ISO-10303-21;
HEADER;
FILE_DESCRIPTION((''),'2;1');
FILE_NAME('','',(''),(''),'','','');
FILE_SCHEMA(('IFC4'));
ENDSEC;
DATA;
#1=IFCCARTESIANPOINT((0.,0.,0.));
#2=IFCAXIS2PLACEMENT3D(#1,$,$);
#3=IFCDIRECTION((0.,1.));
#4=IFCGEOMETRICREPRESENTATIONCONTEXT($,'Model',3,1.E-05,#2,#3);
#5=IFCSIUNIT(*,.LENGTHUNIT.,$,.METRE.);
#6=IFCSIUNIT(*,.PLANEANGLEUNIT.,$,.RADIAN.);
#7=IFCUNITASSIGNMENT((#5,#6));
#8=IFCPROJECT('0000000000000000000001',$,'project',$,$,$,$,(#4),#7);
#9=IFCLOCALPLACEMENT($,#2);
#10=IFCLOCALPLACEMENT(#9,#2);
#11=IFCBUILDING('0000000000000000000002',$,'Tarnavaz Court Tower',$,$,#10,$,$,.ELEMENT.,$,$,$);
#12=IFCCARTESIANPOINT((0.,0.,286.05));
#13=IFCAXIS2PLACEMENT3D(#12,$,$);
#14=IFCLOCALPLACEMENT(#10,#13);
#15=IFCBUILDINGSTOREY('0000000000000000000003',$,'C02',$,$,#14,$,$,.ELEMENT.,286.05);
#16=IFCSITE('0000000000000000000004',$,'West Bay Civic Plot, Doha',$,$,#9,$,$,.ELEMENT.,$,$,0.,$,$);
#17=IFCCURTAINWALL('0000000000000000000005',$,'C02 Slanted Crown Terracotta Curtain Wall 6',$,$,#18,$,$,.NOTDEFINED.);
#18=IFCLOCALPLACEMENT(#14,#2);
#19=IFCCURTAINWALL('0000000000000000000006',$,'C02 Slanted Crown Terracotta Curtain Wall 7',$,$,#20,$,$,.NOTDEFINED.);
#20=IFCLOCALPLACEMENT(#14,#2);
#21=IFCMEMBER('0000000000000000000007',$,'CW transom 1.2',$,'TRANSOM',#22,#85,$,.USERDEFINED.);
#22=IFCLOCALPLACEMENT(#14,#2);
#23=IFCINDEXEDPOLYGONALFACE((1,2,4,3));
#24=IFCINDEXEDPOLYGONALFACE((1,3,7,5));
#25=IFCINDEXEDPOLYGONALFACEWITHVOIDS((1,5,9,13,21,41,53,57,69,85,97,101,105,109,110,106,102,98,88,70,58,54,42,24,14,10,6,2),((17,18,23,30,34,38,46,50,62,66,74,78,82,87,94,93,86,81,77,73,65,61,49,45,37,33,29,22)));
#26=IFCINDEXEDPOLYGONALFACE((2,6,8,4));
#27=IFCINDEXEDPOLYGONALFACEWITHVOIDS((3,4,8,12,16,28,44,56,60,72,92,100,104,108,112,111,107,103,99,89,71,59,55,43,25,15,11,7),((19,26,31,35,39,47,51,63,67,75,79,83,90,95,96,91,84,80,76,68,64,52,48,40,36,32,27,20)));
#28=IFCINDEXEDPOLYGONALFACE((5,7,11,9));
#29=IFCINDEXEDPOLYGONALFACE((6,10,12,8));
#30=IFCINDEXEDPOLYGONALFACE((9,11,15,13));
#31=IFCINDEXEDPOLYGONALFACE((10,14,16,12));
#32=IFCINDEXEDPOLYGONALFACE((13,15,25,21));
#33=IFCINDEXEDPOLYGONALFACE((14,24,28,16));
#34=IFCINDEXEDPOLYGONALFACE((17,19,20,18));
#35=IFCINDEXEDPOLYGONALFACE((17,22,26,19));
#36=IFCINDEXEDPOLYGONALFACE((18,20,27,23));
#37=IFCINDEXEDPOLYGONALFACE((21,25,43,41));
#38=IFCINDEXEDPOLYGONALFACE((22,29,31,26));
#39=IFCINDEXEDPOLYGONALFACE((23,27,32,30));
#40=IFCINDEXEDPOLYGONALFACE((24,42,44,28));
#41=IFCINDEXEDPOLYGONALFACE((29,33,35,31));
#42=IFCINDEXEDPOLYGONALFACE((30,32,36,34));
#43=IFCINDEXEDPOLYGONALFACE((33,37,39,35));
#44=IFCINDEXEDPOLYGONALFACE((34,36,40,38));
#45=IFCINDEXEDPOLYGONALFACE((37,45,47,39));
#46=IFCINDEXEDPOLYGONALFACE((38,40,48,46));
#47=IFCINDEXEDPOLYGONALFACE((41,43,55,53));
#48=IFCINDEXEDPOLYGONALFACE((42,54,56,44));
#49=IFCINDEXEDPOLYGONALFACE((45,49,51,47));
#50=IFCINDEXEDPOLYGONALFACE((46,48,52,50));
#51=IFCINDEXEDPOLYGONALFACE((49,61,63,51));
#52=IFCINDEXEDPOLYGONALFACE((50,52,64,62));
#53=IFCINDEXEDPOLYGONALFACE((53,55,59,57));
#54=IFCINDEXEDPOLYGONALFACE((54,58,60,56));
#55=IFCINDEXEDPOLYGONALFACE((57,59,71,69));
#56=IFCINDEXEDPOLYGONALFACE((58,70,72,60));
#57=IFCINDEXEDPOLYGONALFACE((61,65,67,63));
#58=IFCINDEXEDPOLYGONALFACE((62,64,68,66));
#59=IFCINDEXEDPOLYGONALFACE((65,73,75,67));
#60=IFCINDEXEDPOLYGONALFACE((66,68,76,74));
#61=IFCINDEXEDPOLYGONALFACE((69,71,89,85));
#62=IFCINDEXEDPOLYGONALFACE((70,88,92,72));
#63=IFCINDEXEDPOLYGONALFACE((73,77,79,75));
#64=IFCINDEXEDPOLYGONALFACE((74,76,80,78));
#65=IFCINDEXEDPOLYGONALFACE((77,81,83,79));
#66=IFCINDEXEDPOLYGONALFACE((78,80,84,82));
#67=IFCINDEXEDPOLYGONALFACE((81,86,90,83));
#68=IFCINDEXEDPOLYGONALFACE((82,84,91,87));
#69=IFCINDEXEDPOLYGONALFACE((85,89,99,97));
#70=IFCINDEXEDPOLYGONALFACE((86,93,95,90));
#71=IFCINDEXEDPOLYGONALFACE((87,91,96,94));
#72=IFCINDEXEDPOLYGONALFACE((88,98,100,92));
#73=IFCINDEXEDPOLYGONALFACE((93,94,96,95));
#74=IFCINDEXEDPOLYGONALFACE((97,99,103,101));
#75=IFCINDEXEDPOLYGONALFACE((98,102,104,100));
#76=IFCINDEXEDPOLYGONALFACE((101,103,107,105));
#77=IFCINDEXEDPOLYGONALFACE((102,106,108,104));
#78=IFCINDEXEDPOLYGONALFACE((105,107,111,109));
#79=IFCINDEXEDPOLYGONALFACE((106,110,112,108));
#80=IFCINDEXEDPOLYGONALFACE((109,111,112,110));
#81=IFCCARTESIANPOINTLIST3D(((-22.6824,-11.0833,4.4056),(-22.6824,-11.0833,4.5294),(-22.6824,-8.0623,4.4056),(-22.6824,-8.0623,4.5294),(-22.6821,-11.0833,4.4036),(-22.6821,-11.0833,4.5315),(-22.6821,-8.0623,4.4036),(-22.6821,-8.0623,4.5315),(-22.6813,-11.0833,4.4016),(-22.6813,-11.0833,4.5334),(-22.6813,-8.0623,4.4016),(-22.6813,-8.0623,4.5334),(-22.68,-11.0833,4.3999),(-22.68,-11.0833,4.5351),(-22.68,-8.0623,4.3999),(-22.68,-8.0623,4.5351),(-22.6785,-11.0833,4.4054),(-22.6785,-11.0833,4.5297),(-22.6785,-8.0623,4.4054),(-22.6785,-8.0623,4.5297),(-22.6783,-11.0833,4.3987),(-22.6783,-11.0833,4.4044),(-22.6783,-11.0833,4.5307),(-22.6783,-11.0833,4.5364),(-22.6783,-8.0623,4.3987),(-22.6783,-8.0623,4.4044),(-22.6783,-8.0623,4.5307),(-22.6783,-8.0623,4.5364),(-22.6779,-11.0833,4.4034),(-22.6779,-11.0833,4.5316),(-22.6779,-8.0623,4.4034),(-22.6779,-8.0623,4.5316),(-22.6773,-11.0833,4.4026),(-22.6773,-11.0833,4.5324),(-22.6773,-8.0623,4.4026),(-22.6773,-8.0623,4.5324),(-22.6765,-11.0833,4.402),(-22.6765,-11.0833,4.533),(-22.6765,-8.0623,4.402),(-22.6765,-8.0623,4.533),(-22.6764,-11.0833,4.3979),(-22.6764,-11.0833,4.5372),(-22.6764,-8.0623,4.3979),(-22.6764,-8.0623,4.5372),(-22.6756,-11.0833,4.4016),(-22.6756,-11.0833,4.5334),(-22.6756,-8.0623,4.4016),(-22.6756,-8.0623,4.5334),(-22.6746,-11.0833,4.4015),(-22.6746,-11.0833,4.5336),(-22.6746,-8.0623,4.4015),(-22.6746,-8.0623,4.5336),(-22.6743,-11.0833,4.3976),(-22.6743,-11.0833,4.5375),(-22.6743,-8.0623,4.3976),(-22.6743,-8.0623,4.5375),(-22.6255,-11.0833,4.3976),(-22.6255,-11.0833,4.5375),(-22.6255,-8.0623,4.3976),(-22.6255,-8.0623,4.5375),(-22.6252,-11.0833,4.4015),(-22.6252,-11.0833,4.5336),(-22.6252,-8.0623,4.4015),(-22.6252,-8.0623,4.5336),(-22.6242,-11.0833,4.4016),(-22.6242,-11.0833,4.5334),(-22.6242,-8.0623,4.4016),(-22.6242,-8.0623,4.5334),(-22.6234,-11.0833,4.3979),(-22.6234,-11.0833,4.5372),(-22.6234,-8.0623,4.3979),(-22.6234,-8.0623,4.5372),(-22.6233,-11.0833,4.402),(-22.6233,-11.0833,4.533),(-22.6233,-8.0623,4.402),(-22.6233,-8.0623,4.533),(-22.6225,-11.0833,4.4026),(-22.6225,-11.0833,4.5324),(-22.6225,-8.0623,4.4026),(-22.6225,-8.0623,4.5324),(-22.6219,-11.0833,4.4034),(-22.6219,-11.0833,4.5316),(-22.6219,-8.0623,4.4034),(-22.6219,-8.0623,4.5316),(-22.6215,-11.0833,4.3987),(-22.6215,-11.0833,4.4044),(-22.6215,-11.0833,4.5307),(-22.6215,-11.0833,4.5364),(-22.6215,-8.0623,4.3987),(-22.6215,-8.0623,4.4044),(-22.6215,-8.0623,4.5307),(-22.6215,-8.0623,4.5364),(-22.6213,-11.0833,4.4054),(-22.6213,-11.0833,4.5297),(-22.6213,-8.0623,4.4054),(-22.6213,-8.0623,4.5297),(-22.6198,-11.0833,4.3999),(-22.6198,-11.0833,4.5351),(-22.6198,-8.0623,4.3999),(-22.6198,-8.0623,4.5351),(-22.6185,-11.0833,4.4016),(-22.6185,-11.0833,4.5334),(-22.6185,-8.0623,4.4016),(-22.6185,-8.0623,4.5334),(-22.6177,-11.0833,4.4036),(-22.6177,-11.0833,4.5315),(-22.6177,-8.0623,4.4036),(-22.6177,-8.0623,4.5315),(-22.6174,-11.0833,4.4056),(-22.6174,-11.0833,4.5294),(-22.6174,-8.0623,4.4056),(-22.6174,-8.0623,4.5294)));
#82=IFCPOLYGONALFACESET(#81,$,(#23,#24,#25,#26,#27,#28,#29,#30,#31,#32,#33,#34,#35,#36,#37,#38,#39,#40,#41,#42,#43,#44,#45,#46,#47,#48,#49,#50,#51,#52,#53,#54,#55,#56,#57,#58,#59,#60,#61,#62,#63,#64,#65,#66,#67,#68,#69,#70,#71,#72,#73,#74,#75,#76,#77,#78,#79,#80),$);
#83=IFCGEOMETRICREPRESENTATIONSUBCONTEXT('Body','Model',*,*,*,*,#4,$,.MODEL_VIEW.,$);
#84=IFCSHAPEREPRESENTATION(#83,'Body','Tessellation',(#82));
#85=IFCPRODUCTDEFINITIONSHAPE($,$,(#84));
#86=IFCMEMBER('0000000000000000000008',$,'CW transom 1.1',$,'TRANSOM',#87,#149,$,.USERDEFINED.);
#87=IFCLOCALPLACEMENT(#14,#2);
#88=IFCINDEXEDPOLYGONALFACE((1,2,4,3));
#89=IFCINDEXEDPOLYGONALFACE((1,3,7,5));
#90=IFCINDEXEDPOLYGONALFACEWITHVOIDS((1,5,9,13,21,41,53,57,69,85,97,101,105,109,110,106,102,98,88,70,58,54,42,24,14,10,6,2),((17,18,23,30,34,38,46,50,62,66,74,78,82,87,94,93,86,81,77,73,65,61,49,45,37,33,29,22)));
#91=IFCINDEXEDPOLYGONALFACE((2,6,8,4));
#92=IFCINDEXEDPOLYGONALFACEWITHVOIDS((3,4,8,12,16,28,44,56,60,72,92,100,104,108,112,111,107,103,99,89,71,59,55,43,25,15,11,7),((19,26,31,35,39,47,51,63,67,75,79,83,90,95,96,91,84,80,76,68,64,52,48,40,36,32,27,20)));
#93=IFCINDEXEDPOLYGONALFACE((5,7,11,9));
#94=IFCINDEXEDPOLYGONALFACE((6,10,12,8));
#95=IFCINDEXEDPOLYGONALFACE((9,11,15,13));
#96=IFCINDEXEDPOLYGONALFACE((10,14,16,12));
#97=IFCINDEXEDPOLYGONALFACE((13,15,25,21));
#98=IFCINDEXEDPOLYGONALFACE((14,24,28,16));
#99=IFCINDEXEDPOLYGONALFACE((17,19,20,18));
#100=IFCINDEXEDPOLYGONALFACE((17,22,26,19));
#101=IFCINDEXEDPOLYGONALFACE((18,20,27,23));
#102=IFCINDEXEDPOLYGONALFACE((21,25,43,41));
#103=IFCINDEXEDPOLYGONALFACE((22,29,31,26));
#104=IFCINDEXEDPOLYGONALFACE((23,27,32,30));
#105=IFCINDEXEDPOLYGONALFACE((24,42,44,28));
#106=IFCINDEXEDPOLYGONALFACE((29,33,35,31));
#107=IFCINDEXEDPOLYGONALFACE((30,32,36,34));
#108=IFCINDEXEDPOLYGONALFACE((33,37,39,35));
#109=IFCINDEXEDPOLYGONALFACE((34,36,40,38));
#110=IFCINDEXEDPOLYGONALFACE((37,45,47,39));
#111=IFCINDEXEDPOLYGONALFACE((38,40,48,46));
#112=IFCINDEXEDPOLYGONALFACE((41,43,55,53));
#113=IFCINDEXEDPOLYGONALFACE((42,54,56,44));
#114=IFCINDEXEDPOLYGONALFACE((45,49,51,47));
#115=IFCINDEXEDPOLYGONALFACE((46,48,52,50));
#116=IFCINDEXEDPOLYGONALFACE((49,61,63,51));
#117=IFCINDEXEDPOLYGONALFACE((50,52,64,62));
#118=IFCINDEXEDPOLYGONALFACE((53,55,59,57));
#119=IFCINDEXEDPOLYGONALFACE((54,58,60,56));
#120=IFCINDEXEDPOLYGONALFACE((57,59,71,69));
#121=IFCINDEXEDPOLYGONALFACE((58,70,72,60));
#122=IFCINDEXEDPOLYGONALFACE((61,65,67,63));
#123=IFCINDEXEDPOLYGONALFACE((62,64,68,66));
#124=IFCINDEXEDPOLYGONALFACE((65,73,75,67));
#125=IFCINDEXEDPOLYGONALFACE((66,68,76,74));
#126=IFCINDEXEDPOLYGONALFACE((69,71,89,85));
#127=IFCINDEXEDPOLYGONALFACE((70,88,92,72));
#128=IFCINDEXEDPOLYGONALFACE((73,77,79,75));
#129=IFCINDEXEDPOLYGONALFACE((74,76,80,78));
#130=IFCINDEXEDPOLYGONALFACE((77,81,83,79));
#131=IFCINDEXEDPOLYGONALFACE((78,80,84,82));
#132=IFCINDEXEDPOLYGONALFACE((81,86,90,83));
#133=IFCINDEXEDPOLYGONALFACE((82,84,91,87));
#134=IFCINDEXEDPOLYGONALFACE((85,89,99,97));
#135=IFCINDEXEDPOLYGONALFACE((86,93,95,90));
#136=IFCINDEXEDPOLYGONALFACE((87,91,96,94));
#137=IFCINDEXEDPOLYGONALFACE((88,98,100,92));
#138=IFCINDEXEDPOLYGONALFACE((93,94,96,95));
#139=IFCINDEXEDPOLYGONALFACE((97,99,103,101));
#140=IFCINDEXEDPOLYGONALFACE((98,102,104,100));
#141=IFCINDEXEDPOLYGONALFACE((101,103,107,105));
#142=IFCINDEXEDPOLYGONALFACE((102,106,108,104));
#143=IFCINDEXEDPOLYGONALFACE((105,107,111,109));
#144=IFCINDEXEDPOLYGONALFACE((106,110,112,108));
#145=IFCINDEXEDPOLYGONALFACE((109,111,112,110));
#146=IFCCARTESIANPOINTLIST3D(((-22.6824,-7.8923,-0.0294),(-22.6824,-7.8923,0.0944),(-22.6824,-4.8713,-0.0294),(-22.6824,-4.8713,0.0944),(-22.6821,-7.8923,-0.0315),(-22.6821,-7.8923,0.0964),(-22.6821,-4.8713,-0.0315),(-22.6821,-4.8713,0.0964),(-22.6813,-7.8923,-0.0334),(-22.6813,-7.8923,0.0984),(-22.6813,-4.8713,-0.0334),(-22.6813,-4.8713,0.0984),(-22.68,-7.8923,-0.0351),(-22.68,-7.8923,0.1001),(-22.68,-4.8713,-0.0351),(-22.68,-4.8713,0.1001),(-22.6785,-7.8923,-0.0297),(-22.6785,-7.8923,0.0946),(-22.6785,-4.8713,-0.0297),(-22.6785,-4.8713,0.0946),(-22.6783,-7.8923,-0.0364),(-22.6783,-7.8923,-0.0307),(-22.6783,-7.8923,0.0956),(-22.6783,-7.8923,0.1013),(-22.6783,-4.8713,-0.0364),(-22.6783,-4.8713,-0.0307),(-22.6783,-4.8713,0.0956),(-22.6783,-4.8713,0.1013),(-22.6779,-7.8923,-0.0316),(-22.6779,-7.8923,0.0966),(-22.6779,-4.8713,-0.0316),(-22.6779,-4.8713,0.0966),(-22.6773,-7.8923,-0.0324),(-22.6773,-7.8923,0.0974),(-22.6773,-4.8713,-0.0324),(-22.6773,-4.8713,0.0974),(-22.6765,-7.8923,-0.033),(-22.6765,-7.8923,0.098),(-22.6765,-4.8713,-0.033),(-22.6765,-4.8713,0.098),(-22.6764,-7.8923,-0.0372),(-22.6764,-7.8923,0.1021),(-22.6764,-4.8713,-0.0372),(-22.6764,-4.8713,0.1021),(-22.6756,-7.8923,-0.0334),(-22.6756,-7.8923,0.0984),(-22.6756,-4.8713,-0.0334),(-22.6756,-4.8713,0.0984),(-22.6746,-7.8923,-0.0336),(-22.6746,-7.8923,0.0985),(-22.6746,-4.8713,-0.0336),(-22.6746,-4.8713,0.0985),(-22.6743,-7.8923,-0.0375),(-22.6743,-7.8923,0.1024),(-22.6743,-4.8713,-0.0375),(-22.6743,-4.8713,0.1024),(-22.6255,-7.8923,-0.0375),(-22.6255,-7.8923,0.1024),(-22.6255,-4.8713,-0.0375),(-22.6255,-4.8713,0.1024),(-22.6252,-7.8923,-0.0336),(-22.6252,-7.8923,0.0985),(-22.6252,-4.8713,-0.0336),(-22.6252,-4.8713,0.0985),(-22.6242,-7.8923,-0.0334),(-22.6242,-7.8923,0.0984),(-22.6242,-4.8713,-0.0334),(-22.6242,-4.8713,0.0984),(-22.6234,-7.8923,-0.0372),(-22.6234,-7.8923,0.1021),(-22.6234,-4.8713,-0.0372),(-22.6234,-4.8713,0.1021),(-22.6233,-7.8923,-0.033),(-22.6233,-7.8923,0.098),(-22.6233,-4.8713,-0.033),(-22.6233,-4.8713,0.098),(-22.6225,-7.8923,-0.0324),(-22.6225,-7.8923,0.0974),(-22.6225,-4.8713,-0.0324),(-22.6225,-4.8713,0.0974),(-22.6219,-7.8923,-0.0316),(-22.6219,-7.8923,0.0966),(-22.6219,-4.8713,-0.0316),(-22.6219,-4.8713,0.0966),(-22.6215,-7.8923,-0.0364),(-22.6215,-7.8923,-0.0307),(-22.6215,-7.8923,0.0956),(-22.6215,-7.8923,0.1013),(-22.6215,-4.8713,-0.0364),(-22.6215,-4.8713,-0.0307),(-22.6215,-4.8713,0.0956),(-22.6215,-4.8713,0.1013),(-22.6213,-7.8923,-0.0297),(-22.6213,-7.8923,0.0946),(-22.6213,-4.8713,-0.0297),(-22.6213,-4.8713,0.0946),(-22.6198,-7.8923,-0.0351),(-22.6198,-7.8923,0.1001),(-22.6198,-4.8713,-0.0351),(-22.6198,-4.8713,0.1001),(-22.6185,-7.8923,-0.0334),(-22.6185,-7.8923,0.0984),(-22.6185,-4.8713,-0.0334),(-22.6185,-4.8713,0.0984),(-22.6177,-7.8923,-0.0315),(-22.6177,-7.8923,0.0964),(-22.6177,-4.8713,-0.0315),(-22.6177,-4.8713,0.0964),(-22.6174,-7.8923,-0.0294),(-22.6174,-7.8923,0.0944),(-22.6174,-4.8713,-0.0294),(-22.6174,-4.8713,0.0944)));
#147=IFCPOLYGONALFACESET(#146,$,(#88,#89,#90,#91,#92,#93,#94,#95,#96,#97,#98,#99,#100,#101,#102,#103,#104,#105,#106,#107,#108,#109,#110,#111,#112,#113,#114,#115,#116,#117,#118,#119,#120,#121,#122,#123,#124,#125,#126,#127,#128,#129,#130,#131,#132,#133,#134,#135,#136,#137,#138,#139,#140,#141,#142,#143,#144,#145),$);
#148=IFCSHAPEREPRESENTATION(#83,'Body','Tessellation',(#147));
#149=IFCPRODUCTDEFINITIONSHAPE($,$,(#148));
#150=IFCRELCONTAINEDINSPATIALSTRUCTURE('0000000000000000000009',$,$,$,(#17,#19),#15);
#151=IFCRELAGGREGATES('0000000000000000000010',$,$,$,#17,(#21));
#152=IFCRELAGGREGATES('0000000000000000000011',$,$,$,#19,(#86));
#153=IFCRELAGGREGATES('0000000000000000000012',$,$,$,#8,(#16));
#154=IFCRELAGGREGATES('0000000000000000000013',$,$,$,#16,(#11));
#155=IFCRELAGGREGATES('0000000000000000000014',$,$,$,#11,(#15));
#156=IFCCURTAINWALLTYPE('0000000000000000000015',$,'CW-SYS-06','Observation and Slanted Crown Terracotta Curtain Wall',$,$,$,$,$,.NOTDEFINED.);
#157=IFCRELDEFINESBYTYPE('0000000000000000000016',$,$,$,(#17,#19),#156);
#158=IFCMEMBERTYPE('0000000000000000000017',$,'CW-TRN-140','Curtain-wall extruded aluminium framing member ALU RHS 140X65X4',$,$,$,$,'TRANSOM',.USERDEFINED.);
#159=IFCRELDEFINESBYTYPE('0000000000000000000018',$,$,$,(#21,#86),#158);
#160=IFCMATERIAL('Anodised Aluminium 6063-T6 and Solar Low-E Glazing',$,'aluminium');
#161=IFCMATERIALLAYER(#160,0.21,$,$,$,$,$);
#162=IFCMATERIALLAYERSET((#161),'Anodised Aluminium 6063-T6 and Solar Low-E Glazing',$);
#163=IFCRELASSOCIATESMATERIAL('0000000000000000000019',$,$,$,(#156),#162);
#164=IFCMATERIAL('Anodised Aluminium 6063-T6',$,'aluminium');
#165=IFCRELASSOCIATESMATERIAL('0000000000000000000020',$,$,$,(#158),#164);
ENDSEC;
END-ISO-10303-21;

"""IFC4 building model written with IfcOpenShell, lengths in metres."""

from ifc_helpers import new_model, si_unit, direction, frame, origin, origin_2d, place, context, subcontext, project, spatial, hollow_rectangle, extrude, material, layer, layer_set, material_profile, profile_set, type_object, element, aggregate, save


model = new_model("IFC4")

# Units and contexts
model_context = context("Model", 3, precision=1e-05, world=origin(), true_north=direction((0.0, 1.0)))
body_context = subcontext(model_context, "Body", "Model", "MODEL_VIEW")
ifc_project = project(units=[si_unit("LENGTHUNIT", "METRE"), si_unit("PLANEANGLEUNIT", "RADIAN")], contexts=[model_context])

# Site, building, storey
site_placement = place(None, origin())
site = spatial("IfcSite", under=ifc_project, at=site_placement, Name="West Bay Civic Plot, Doha", CompositionType="ELEMENT", RefElevation=0.0)
building_placement = place(site_placement, origin())
building = spatial("IfcBuilding", under=site, at=building_placement, Name="Tarnavaz Court Tower", CompositionType="ELEMENT")
storey_placement = place(building_placement, frame((0.0, 0.0, 286.05)))
storey = spatial("IfcBuildingStorey", under=building, at=storey_placement, Name="C02", CompositionType="ELEMENT", Elevation=286.05)

# Curtain walls
ifc_material_1 = material(Name="Anodised Aluminium 6063-T6 and Solar Low-E Glazing", Category="aluminium")
ifc_layer_1 = layer(ifc_material_1, 0.21)
ifc_layer_set_1 = layer_set([ifc_layer_1], Name="Anodised Aluminium 6063-T6 and Solar Low-E Glazing")
curtain_wall_type = type_object("IfcCurtainWallType", Name="CW-SYS-06", Description="Observation and Slanted Crown Terracotta Curtain Wall", PredefinedType="NOTDEFINED", material=ifc_layer_set_1)
ifc_material_2 = material(Name="Anodised Aluminium 6063-T6", Category="aluminium")
curtain_wall_1_placement = place(storey_placement, origin())
curtain_wall_1 = element("IfcCurtainWall", 1, at=curtain_wall_1_placement, inside=storey, type_object=curtain_wall_type, Name="C02 Slanted Crown Terracotta Curtain Wall 6", PredefinedType="NOTDEFINED")
curtain_wall_2_placement = place(storey_placement, origin())
curtain_wall_2 = element("IfcCurtainWall", 2, at=curtain_wall_2_placement, inside=storey, type_object=curtain_wall_type, Name="C02 Slanted Crown Terracotta Curtain Wall 7", PredefinedType="NOTDEFINED")

# Members
ifc_material_profile_1 = material_profile(ifc_material_2, hollow_rectangle(XDim=0.0649, YDim=0.1399, WallThickness=0.0039, InnerFilletRadius=0.0039, OuterFilletRadius=0.0081, at=origin_2d()), Name="ALU RHS 140X65X4")
ifc_profile_set_1 = profile_set([ifc_material_profile_1], Name="Anodised Aluminium 6063-T6")
member_type_1 = type_object("IfcMemberType", Name="CW-TRN-140", Description="Curtain-wall extruded aluminium framing member ALU RHS 140X65X4", ElementType="TRANSOM", PredefinedType="USERDEFINED", material=ifc_profile_set_1)
member_1_placement = place(storey_placement, frame((-22.6499, -11.0833, 4.4675), z_axis=(0.0, 1.0, 0.0), x_axis=(-1.0, 0.0, 0.0)))
member_1 = element("IfcMember", 3, at=member_1_placement, type_object=member_type_1, Name="CW transom 1.2", ObjectType="TRANSOM", PredefinedType="USERDEFINED", context=body_context, shape_type="SweptSolid", body=[
    extrude(hollow_rectangle(XDim=0.0649, YDim=0.1399, WallThickness=0.0039, InnerFilletRadius=0.0039, OuterFilletRadius=0.0081, at=origin_2d()), origin(), (0.0, 0.0, 1.0), 3.021),
])
member_2_placement = place(storey_placement, frame((-22.6499, -7.8923, 0.0325), z_axis=(0.0, 1.0, 0.0), x_axis=(-1.0, 0.0, 0.0)))
member_2 = element("IfcMember", 4, at=member_2_placement, type_object=member_type_1, Name="CW transom 1.1", ObjectType="TRANSOM", PredefinedType="USERDEFINED", context=body_context, shape_type="SweptSolid", body=[
    extrude(hollow_rectangle(XDim=0.0649, YDim=0.1399, WallThickness=0.0039, InnerFilletRadius=0.0039, OuterFilletRadius=0.0081, at=origin_2d()), origin(), (0.0, 0.0, 1.0), 3.021),
])

aggregate(curtain_wall_1, [member_1])
aggregate(curtain_wall_2, [member_2])

save(model, "model.ifc")
